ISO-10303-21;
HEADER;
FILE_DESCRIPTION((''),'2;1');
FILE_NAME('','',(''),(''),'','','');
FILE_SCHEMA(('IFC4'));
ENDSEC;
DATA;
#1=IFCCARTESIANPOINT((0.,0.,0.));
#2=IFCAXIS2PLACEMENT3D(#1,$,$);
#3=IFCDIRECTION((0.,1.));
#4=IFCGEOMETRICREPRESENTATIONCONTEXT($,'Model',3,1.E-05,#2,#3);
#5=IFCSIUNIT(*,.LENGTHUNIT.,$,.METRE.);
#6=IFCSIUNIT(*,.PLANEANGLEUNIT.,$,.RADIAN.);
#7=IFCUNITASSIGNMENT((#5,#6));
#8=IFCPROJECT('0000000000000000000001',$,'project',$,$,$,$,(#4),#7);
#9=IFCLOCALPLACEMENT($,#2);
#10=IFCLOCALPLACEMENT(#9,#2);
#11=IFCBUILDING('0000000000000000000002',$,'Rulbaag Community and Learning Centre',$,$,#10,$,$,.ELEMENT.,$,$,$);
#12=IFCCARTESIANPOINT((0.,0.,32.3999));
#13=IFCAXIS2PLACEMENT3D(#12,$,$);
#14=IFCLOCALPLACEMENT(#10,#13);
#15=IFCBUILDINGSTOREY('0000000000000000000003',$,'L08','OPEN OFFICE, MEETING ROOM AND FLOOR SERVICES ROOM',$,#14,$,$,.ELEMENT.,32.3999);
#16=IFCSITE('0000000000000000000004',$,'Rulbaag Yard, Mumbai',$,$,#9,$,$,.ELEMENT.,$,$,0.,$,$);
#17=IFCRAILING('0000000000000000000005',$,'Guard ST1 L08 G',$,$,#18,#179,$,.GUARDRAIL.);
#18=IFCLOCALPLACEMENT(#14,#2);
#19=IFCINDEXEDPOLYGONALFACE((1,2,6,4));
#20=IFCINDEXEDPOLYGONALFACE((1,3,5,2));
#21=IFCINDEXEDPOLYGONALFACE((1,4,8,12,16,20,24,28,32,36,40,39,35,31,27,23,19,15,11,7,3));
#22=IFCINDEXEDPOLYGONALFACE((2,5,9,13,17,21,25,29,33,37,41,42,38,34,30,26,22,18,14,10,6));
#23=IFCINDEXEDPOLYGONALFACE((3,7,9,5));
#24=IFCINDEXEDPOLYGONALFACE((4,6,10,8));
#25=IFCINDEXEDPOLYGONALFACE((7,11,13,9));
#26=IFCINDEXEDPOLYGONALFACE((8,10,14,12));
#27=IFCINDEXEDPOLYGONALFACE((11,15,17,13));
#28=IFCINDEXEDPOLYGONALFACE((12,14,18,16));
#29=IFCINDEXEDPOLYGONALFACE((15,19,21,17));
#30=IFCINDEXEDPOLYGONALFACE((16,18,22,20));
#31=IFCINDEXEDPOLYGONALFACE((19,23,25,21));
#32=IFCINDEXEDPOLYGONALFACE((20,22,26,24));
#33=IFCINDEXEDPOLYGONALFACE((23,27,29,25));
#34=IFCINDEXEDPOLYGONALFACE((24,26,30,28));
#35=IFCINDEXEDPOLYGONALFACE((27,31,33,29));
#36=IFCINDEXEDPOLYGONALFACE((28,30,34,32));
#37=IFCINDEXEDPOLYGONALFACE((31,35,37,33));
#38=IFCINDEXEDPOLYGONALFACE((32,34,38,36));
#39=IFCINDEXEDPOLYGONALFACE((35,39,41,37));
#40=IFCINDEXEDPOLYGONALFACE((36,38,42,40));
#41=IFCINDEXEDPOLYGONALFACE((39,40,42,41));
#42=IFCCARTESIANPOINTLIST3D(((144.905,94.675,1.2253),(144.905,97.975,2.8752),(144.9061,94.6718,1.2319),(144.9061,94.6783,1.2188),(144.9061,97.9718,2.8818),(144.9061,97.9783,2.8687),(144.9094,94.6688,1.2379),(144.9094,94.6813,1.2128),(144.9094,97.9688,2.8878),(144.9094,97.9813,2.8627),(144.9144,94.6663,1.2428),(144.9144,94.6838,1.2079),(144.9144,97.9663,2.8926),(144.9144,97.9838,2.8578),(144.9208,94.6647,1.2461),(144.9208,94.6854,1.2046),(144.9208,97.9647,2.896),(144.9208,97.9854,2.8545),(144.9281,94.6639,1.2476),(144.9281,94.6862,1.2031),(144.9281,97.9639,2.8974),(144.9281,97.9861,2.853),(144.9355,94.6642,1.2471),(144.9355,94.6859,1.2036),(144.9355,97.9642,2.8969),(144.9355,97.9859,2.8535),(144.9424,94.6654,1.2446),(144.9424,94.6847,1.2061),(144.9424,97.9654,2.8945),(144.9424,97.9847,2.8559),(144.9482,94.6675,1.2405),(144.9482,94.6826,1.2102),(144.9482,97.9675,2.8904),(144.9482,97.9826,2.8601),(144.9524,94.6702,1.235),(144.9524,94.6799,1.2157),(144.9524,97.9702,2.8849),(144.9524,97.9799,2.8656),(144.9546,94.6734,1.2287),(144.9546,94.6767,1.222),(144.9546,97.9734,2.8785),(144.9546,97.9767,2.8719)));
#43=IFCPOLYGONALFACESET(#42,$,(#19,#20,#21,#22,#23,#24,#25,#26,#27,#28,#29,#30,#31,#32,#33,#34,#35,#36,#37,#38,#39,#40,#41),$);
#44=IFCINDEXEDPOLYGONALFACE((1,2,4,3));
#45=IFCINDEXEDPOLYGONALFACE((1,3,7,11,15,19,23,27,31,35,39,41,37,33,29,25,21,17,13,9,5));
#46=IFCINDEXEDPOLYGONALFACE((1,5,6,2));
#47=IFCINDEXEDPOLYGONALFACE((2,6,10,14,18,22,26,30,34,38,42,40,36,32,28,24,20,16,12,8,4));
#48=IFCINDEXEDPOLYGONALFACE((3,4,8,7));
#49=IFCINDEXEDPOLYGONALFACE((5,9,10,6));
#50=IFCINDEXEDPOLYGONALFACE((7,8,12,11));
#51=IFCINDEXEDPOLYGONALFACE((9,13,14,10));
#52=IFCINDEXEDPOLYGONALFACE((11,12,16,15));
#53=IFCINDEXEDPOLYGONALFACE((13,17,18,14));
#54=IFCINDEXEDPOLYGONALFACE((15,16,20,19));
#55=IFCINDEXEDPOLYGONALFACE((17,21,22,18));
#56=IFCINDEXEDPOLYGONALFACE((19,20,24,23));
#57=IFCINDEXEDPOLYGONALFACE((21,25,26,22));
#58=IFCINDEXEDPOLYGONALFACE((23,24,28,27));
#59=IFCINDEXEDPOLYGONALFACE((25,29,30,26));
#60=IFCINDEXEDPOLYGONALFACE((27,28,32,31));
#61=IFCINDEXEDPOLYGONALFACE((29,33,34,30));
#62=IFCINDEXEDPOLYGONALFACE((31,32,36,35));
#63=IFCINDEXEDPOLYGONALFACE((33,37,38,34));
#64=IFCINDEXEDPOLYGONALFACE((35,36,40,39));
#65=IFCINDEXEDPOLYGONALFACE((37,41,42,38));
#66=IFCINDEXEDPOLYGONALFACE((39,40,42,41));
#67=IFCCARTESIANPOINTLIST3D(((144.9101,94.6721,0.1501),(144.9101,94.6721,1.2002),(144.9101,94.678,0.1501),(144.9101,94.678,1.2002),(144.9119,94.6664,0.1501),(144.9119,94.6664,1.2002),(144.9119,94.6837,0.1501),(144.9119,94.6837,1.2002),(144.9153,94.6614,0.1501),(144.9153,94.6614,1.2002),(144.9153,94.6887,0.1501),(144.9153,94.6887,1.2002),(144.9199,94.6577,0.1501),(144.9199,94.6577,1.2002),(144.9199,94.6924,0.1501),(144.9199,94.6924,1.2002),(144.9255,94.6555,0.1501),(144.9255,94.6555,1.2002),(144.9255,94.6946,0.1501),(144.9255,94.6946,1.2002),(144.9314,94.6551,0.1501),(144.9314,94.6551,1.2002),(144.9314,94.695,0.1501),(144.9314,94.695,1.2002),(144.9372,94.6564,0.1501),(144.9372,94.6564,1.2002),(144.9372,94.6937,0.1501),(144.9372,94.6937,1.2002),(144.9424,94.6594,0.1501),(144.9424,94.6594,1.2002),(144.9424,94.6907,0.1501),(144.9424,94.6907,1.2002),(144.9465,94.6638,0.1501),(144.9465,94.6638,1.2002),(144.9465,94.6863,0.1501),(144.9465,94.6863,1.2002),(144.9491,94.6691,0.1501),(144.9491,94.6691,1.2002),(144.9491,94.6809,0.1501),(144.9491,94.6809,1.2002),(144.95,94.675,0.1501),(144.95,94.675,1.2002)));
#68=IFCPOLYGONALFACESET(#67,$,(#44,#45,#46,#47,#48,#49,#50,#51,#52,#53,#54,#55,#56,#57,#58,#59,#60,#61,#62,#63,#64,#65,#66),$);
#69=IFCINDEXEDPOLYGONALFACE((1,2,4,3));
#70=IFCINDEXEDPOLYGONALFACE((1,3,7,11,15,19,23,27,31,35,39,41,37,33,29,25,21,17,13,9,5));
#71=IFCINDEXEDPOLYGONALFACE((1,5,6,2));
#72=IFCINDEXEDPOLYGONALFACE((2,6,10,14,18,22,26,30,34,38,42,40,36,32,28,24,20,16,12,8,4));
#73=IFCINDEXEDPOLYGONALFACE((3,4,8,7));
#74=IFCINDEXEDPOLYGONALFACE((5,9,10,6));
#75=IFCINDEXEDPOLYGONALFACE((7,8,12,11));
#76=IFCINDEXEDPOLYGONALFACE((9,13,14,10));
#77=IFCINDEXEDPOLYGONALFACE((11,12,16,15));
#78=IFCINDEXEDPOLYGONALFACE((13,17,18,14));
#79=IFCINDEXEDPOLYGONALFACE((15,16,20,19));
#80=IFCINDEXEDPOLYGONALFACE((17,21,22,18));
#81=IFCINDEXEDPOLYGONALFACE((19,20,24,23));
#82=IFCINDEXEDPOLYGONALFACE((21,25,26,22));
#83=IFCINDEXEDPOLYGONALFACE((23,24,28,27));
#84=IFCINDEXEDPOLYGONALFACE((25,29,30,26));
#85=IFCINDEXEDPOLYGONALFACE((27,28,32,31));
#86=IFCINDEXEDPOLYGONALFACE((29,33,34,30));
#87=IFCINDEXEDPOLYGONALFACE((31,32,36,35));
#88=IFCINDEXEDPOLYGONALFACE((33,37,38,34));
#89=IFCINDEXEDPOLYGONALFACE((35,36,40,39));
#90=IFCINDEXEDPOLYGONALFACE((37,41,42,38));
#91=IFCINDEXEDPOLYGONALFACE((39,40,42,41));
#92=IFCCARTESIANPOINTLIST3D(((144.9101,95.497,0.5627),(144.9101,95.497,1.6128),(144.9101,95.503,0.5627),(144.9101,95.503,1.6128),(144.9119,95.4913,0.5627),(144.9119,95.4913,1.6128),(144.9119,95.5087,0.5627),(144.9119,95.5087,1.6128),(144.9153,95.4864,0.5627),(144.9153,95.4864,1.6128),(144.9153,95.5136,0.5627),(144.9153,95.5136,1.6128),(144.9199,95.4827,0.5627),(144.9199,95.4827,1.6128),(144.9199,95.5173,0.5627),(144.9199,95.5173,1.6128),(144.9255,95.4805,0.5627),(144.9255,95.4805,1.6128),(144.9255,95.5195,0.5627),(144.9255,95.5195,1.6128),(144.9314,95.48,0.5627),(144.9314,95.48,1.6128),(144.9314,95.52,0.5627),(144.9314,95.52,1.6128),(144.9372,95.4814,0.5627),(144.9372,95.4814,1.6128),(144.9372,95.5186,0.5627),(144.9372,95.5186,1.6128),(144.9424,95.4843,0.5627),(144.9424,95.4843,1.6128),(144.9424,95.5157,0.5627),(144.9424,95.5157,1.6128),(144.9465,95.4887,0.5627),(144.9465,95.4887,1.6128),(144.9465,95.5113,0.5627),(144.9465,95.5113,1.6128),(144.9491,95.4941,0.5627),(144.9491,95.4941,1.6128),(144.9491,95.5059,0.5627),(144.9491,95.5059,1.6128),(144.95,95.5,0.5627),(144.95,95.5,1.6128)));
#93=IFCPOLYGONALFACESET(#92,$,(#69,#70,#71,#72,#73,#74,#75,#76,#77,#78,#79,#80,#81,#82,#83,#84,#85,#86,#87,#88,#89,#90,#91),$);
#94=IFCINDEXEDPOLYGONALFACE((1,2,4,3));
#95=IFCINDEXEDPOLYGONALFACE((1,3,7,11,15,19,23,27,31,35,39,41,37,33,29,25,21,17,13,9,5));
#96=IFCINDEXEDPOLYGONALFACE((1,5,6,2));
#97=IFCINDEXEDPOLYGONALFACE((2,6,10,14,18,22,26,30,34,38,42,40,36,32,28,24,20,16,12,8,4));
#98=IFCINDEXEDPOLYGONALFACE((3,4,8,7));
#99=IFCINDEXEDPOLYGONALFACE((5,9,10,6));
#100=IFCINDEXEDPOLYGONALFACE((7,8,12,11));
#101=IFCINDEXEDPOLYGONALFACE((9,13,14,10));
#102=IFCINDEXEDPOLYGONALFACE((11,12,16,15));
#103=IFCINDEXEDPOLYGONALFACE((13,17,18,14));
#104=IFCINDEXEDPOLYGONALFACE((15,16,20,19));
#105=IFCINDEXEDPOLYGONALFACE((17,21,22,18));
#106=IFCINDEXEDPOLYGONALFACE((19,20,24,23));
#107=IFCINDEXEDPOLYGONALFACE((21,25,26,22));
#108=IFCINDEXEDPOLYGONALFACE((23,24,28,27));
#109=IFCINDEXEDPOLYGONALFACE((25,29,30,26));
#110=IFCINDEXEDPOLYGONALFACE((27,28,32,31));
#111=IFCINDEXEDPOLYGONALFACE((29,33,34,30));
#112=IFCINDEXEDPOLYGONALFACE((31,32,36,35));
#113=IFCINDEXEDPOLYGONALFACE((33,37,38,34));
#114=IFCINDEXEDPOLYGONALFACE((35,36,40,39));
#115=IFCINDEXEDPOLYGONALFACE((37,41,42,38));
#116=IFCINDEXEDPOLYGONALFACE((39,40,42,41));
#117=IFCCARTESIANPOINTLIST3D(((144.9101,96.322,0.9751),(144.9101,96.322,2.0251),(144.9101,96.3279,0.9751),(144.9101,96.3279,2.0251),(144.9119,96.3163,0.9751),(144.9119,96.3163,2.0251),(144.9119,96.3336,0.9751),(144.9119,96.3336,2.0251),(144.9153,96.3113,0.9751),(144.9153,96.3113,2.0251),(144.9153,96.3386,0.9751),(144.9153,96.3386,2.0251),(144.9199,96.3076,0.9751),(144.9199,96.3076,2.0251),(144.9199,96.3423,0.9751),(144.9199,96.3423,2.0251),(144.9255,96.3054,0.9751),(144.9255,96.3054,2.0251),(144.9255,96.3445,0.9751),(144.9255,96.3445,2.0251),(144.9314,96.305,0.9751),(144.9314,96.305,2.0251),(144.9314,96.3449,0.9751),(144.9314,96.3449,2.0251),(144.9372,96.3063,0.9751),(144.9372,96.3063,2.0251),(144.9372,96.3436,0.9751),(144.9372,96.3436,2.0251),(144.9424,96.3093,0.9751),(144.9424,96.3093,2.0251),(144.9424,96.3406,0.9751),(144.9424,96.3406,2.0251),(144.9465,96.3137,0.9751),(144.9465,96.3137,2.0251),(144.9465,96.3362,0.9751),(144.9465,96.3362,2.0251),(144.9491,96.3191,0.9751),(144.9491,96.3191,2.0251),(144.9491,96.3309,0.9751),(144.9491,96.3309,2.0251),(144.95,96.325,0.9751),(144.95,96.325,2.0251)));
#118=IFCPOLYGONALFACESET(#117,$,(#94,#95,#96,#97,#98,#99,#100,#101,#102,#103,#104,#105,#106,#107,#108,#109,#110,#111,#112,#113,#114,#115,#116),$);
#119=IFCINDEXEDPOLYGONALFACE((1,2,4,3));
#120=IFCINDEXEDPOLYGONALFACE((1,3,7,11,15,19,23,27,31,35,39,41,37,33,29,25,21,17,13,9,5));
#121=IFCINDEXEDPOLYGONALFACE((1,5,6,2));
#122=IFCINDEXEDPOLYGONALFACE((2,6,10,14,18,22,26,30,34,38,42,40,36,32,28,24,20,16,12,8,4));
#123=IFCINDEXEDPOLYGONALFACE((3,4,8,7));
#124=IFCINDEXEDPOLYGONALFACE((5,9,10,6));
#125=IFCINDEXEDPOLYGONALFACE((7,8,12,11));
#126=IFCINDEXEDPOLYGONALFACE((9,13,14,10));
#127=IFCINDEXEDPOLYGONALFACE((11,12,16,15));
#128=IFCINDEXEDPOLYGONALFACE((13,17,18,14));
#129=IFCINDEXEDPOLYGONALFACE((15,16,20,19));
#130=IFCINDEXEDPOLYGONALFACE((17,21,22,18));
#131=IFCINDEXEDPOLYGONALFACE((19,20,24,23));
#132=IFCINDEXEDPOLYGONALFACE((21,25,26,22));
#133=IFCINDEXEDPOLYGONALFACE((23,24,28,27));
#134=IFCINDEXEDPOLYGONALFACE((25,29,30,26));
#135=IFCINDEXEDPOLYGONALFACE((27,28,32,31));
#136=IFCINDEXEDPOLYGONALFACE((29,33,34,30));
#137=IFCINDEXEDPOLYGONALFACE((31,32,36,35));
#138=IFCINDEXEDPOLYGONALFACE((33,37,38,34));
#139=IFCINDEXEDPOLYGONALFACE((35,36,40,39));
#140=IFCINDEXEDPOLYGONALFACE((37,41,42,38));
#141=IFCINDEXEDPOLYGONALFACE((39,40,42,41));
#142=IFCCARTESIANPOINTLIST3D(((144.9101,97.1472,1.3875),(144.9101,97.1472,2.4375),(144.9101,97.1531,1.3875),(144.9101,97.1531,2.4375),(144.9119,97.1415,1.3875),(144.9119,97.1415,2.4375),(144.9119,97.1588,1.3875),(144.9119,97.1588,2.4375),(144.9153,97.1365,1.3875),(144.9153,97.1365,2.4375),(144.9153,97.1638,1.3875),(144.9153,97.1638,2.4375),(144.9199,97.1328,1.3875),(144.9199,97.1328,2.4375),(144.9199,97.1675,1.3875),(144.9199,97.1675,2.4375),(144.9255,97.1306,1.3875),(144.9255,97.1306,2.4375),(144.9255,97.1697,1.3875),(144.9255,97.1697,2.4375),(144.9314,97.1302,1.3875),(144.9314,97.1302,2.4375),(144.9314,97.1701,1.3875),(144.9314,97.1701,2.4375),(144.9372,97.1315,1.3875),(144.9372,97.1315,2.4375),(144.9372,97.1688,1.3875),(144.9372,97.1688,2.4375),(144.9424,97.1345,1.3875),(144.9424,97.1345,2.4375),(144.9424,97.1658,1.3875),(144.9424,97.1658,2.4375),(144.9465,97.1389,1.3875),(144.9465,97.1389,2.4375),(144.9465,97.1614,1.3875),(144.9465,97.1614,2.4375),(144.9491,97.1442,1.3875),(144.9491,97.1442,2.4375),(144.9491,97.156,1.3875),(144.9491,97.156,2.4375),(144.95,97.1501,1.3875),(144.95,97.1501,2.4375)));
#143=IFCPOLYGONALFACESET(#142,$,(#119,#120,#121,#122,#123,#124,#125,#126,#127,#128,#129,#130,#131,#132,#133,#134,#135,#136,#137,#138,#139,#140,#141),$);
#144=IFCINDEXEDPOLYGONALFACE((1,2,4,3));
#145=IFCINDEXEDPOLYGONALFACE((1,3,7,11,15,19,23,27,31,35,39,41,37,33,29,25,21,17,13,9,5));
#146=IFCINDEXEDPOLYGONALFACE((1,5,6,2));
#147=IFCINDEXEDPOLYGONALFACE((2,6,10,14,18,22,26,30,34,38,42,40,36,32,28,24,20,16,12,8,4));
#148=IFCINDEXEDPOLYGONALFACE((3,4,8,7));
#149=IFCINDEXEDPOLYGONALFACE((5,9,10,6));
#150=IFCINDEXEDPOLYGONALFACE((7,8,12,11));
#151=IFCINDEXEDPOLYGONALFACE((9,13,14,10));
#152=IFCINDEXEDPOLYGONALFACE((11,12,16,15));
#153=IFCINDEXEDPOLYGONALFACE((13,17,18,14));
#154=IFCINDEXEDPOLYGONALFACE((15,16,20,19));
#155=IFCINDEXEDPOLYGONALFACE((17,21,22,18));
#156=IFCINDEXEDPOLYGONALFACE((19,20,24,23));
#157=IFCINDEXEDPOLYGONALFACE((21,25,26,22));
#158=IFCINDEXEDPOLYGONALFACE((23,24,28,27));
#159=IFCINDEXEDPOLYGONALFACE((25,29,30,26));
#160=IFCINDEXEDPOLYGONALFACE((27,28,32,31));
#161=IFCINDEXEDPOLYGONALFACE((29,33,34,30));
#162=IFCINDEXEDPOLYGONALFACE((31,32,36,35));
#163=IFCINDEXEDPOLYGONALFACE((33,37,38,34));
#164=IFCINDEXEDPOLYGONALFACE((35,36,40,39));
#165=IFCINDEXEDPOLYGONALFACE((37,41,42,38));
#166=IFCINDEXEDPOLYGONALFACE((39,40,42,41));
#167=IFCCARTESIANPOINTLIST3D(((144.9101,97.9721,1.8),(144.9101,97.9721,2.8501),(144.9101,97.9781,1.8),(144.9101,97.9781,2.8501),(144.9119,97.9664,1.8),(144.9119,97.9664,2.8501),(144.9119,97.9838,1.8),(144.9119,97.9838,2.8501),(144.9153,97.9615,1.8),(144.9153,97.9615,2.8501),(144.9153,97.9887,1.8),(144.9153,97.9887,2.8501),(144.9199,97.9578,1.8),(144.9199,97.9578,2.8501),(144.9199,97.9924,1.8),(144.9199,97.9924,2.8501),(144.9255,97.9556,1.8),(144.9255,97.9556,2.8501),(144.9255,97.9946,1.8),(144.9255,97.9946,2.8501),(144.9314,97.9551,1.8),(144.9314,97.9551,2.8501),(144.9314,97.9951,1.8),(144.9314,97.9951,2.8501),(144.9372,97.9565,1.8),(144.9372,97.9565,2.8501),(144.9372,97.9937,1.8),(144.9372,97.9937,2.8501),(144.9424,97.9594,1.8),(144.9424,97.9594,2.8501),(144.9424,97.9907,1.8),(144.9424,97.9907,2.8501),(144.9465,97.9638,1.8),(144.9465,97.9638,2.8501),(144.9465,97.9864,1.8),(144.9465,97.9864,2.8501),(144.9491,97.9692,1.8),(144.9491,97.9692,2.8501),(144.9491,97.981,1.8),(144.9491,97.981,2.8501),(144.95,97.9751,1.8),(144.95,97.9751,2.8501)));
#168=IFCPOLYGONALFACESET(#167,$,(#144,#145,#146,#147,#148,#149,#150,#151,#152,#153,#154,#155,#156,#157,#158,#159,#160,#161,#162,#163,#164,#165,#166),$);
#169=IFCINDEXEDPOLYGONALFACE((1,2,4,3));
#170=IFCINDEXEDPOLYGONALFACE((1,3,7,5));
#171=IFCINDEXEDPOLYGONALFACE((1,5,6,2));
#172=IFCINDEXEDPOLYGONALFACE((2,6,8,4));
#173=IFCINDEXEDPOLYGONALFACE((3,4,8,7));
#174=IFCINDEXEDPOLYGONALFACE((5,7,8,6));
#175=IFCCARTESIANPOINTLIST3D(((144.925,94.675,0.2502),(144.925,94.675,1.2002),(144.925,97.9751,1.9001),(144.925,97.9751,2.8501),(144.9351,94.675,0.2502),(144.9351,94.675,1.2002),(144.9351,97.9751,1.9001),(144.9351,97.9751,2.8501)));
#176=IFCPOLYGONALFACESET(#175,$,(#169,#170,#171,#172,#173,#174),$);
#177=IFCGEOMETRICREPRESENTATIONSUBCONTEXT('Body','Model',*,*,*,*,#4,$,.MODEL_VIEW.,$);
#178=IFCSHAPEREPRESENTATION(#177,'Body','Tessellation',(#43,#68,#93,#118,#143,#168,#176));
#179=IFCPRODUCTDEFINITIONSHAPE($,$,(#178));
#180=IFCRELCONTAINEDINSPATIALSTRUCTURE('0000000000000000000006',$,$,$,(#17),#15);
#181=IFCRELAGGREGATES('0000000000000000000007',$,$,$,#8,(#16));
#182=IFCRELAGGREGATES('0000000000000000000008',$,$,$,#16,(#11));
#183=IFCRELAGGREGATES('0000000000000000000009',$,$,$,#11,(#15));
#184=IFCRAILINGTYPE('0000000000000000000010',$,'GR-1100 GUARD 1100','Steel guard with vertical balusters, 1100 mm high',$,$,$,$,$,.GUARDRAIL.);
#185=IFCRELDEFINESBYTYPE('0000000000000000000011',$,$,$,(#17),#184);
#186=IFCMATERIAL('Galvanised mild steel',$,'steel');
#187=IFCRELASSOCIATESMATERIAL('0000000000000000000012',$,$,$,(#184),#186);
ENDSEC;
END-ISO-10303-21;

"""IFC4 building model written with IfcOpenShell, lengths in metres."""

from ifc_helpers import new_model, si_unit, direction, frame, origin, origin_2d, place, context, subcontext, project, spatial, polyline, circle, outline, extrude, material, type_object, element, save


model = new_model("IFC4")

# Units and contexts
model_context = context("Model", 3, precision=1e-05, world=origin(), true_north=direction((0.0, 1.0)))
body_context = subcontext(model_context, "Body", "Model", "MODEL_VIEW")
ifc_project = project(units=[si_unit("LENGTHUNIT", "METRE"), si_unit("PLANEANGLEUNIT", "RADIAN")], contexts=[model_context])

# Site, building, storey
site_placement = place(None, origin())
site = spatial("IfcSite", under=ifc_project, at=site_placement, Name="Rulbaag Yard, Mumbai", CompositionType="ELEMENT", RefElevation=0.0)
building_placement = place(site_placement, origin())
building = spatial("IfcBuilding", under=site, at=building_placement, Name="Rulbaag Community and Learning Centre", CompositionType="ELEMENT")
storey_placement = place(building_placement, frame((0.0, 0.0, 32.3999)))
storey = spatial("IfcBuildingStorey", under=building, at=storey_placement, Name="L08", Description="OPEN OFFICE, MEETING ROOM AND FLOOR SERVICES ROOM", CompositionType="ELEMENT", Elevation=32.3999)

# Railing
ifc_material_1 = material(Name="Galvanised mild steel", Category="steel")
railing_type_1 = type_object("IfcRailingType", Name="GR-1100 GUARD 1100", Description="Steel guard with vertical balusters, 1100 mm high", PredefinedType="GUARDRAIL", material=ifc_material_1)
railing_1_placement = place(storey_placement, frame((144.9299, 94.675, 0.1501)))
element("IfcRailing", 1, at=railing_1_placement, inside=storey, type_object=railing_type_1, Name="Guard ST1 L08 G", PredefinedType="GUARDRAIL", context=body_context, shape_type="SweptSolid", body=[
    extrude(circle(Radius=0.0249, at=origin_2d()), frame((0.0, 0.0, 1.0752), z_axis=(0.0, 0.89444, 0.447187), x_axis=(-1.0, 0.0, 0.0)), (0.0, 0.0, 1.0), 3.6895),
    extrude(circle(Radius=0.02, at=origin_2d()), origin(), (0.0, 0.0, 1.0), 1.05),
    extrude(circle(Radius=0.02, at=origin_2d()), frame((0.0, 0.825, 0.4126)), (0.0, 0.0, 1.0), 1.05),
    extrude(circle(Radius=0.02, at=origin_2d()), frame((0.0, 1.6499, 0.825)), (0.0, 0.0, 1.0), 1.05),
    extrude(circle(Radius=0.02, at=origin_2d()), frame((0.0, 2.4751, 1.2373)), (0.0, 0.0, 1.0), 1.05),
    extrude(circle(Radius=0.02, at=origin_2d()), frame((0.0, 3.3, 1.6499)), (0.0, 0.0, 1.0), 1.05),
    extrude(outline(polyline([(0.0, 0.0), (3.3, 1.6499), (3.3, 2.5999), (0.0, 0.95), (0.0, 0.0)])), frame((-0.0049, 0.0, 0.1001), z_axis=(1.0, 0.0, 0.0), x_axis=(0.0, 1.0, 0.0)), (0.0, 0.0, 1.0), 0.01),
])

save(model, "model.ifc")
